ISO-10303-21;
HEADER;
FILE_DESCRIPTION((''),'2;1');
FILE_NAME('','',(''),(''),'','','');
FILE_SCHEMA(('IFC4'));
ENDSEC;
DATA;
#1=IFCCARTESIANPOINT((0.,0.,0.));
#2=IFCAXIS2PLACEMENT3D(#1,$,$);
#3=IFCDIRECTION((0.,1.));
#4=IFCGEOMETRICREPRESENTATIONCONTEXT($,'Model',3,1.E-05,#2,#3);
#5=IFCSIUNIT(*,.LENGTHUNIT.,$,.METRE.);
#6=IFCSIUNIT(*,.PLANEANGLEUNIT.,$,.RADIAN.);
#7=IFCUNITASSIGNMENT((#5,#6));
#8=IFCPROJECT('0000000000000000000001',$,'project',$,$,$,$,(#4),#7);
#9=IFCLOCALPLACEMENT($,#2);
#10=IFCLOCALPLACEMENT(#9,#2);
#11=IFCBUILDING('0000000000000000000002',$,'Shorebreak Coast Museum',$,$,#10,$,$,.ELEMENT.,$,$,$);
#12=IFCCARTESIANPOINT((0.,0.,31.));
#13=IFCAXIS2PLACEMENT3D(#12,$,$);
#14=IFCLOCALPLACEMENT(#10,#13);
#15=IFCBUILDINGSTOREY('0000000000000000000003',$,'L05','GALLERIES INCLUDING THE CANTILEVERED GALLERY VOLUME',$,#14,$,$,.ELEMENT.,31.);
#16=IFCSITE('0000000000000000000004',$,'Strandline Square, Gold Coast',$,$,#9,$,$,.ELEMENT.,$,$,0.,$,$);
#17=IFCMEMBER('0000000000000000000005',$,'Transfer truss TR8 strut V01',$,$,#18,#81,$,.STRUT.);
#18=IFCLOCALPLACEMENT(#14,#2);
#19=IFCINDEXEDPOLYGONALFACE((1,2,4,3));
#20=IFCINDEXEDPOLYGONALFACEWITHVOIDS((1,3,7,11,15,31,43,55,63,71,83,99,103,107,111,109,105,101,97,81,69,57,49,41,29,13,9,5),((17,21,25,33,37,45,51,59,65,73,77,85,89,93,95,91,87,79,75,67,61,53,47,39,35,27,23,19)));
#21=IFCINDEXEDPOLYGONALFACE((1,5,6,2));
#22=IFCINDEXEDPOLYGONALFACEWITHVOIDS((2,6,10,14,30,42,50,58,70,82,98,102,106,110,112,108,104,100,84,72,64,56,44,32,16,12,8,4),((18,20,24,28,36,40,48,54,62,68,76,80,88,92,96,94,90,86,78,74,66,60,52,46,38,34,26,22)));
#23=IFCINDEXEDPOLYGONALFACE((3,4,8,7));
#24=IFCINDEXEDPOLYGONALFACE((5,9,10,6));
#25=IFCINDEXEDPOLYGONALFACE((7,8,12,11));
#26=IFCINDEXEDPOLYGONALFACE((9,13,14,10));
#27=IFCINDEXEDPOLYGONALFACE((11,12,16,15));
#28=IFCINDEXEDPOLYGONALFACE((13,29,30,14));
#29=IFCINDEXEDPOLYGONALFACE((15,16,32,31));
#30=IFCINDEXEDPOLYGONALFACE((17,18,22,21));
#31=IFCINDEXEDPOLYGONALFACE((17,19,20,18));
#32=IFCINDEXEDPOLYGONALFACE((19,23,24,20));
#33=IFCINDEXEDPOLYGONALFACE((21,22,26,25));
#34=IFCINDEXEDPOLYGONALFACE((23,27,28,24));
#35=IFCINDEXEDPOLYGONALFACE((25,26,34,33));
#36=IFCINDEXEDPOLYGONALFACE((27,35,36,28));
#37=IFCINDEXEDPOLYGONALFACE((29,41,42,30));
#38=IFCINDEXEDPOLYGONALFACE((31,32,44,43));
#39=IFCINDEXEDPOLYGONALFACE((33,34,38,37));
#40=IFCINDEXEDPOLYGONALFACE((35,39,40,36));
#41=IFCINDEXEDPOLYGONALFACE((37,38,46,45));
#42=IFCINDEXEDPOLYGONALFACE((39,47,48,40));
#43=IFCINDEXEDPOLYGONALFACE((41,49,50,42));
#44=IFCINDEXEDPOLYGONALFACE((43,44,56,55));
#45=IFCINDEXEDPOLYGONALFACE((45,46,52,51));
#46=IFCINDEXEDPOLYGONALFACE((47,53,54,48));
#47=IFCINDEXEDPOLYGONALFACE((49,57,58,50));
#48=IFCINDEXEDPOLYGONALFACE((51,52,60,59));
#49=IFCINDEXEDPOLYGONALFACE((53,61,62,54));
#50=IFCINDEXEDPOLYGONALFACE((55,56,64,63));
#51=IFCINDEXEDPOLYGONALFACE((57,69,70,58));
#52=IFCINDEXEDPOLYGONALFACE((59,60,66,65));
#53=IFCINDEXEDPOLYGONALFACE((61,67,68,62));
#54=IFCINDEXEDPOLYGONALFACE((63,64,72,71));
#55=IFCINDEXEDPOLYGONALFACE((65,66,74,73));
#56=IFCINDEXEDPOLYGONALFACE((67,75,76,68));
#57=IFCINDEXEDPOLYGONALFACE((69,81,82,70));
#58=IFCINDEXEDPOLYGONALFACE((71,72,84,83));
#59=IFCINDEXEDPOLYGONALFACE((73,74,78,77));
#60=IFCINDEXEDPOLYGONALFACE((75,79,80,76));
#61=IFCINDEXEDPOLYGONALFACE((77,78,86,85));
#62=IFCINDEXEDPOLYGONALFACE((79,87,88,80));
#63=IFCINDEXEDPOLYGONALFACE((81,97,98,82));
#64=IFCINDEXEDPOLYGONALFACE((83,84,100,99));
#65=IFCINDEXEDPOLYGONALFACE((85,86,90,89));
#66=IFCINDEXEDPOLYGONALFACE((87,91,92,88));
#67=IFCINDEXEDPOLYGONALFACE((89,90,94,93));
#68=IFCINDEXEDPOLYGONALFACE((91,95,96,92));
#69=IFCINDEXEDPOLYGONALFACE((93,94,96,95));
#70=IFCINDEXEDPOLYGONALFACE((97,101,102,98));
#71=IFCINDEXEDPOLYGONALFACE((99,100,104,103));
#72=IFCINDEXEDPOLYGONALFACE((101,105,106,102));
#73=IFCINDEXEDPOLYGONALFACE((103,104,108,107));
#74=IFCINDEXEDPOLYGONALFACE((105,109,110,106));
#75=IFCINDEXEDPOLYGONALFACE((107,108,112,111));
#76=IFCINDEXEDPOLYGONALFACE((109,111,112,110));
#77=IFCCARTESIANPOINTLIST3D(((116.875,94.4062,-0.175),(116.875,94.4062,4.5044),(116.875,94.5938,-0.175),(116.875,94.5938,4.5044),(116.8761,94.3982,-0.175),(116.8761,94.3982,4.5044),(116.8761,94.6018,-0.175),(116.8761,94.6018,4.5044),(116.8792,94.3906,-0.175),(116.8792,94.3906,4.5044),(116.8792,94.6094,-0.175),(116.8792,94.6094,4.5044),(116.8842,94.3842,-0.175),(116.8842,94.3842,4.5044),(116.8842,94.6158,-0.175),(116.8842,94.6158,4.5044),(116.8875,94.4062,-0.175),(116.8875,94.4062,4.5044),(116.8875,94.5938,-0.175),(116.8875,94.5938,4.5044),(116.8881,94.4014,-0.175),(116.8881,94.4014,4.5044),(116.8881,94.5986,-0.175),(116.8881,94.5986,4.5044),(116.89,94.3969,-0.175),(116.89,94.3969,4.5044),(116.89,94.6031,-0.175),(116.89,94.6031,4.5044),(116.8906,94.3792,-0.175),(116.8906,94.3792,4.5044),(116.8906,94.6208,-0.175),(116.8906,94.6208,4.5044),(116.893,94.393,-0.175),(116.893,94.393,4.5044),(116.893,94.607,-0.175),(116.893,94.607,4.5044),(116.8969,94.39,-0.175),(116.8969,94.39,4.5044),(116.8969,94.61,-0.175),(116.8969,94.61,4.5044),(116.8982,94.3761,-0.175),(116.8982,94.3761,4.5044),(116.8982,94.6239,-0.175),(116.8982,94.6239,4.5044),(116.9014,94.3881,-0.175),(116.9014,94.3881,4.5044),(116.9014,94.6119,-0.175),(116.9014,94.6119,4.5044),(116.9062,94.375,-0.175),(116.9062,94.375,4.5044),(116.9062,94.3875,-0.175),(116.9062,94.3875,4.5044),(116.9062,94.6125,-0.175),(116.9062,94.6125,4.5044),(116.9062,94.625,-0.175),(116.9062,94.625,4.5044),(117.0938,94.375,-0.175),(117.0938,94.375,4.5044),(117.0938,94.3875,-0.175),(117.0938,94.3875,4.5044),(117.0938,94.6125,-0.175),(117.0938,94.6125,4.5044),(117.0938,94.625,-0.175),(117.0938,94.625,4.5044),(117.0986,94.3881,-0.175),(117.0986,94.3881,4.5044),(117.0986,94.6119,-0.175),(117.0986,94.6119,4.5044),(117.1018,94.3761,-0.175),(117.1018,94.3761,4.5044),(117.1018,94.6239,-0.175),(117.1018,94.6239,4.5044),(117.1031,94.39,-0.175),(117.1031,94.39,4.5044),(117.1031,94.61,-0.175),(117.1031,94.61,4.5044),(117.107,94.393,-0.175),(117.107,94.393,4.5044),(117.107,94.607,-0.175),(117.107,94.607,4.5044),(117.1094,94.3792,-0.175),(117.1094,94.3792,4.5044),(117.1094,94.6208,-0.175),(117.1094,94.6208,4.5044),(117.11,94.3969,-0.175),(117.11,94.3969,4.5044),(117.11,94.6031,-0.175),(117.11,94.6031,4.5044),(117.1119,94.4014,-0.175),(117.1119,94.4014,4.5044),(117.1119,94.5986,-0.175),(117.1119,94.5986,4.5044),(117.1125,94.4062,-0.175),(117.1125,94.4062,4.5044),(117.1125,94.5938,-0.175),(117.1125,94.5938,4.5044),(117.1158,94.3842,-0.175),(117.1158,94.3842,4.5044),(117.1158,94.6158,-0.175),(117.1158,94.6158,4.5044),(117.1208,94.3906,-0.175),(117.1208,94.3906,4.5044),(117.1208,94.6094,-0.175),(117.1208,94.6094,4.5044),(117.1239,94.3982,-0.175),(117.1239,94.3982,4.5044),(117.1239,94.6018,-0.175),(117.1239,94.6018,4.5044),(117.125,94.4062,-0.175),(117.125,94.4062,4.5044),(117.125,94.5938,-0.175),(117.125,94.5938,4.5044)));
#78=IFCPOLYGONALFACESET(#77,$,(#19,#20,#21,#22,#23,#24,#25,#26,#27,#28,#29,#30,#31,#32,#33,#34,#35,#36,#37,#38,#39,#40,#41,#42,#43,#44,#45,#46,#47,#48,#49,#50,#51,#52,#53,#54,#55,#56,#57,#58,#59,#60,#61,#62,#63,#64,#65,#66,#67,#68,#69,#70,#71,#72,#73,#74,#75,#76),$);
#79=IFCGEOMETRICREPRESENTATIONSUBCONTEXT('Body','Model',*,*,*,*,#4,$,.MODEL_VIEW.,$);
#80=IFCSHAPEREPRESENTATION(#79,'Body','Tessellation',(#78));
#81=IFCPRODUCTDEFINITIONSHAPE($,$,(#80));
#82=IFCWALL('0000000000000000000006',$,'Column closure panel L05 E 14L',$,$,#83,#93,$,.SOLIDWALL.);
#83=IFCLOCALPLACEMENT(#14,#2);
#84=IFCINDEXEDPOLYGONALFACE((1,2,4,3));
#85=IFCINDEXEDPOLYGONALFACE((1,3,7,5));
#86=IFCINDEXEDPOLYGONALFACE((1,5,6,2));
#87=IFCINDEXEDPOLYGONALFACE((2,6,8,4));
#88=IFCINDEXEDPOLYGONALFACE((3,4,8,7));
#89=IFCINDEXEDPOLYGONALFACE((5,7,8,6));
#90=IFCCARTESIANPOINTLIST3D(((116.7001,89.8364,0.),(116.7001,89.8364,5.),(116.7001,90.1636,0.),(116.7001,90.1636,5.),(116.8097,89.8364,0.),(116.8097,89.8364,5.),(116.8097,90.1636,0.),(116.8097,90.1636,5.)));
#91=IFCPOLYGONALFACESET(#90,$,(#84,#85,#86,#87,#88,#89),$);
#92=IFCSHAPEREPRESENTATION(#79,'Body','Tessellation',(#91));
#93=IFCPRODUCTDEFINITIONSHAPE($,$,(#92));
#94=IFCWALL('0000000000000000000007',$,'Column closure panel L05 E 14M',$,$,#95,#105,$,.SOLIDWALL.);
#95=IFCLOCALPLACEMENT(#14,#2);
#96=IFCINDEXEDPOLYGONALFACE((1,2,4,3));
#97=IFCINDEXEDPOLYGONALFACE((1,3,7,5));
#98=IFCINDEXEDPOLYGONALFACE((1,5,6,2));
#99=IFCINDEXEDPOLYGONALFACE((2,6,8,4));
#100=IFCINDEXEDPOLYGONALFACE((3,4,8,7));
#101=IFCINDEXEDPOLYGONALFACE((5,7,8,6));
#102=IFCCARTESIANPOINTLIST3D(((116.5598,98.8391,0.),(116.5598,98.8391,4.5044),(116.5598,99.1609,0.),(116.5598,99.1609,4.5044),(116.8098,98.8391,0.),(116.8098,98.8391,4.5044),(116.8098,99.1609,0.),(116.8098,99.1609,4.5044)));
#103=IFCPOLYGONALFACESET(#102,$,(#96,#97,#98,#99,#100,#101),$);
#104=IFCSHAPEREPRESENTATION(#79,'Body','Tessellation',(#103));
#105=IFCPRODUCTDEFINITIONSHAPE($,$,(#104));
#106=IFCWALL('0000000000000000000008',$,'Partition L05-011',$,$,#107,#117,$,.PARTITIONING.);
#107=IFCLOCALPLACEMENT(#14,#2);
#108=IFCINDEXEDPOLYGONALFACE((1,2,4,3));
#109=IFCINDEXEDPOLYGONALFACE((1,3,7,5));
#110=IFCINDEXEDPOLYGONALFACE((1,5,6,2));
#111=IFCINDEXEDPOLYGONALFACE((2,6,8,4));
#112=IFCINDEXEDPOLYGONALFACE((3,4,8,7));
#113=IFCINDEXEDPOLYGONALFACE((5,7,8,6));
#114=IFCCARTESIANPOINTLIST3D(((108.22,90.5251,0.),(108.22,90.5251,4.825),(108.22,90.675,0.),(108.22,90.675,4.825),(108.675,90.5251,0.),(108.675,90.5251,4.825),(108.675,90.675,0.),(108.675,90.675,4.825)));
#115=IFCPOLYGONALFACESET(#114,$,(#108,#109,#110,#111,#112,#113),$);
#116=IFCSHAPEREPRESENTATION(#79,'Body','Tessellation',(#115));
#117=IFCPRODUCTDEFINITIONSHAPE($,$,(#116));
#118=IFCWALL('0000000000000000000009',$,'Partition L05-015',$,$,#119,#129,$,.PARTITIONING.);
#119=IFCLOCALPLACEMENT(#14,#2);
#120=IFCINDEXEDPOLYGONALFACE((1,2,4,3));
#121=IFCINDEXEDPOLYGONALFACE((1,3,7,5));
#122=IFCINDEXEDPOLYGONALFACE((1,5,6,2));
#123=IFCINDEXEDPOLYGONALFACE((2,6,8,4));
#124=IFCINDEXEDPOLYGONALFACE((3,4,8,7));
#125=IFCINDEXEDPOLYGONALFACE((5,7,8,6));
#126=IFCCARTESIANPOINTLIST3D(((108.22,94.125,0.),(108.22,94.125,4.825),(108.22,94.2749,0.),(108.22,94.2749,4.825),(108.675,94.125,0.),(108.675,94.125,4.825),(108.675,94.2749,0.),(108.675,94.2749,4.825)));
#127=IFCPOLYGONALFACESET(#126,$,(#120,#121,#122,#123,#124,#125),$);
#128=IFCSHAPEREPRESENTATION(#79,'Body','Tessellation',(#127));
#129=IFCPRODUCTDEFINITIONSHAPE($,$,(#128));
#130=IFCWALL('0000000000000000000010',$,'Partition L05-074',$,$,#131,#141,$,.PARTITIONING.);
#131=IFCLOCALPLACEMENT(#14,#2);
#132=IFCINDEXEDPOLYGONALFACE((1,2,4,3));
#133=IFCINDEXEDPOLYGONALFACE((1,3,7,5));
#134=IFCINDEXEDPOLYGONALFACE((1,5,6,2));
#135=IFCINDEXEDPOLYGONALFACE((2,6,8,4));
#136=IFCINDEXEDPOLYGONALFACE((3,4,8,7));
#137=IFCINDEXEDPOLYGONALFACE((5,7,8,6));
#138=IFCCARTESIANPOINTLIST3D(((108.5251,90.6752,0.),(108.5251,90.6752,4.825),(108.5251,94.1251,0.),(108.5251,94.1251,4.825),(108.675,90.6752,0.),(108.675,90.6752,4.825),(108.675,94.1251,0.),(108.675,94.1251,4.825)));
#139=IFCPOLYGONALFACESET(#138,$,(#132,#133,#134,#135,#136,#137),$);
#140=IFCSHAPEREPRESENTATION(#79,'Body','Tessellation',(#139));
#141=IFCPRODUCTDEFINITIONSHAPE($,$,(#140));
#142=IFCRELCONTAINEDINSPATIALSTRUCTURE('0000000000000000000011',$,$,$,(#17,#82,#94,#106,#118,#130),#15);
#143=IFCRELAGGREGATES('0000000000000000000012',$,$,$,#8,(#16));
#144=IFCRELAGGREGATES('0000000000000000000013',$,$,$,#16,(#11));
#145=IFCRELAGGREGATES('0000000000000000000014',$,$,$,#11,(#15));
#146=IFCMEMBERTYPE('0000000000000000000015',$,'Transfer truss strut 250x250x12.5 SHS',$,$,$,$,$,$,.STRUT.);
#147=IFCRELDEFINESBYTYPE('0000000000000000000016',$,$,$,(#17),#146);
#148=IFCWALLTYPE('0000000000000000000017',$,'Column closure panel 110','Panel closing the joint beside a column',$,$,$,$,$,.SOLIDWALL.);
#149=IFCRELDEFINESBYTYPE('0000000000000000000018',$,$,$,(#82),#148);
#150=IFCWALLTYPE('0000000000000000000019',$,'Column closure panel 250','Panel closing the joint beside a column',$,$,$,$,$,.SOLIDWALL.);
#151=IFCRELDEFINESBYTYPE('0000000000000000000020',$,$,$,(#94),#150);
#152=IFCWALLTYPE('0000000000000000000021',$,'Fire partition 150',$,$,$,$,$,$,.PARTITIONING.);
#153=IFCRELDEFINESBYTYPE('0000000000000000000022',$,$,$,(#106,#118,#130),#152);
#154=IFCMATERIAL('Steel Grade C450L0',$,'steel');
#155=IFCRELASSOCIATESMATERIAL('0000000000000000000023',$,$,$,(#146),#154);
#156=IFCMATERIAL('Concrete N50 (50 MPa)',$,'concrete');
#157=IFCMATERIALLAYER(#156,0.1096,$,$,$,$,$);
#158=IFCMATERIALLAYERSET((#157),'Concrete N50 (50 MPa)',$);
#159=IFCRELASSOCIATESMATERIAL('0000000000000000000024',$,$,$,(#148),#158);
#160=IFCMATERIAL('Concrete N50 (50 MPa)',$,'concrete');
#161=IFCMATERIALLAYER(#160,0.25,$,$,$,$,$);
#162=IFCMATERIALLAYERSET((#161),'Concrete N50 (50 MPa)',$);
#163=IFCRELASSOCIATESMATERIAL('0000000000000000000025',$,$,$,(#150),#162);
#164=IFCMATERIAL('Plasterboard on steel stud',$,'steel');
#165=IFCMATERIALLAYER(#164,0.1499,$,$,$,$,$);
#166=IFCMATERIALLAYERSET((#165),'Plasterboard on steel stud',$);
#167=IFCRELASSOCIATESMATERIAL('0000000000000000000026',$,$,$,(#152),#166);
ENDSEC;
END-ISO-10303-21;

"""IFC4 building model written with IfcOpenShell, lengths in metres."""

from ifc_helpers import new_model, si_unit, direction, frame, frame_2d, origin, origin_2d, place, context, subcontext, project, spatial, rectangle, hollow_rectangle, extrude, material, layer, layer_set, material_profile, profile_set, type_object, element, save


model = new_model("IFC4")

# Units and contexts
model_context = context("Model", 3, precision=1e-05, world=origin(), true_north=direction((0.0, 1.0)))
body_context = subcontext(model_context, "Body", "Model", "MODEL_VIEW")
ifc_project = project(units=[si_unit("LENGTHUNIT", "METRE"), si_unit("PLANEANGLEUNIT", "RADIAN")], contexts=[model_context])

# Site, building, storey
site_placement = place(None, origin())
site = spatial("IfcSite", under=ifc_project, at=site_placement, Name="Strandline Square, Gold Coast", CompositionType="ELEMENT", RefElevation=0.0)
building_placement = place(site_placement, origin())
building = spatial("IfcBuilding", under=site, at=building_placement, Name="Shorebreak Coast Museum", CompositionType="ELEMENT")
storey_placement = place(building_placement, frame((0.0, 0.0, 31.0)))
storey = spatial("IfcBuildingStorey", under=building, at=storey_placement, Name="L05", Description="GALLERIES INCLUDING THE CANTILEVERED GALLERY VOLUME", CompositionType="ELEMENT", Elevation=31.0)

# Member
ifc_material_1 = material(Name="Steel Grade C450L0", Category="steel")
ifc_material_profile_1 = material_profile(ifc_material_1, hollow_rectangle(XDim=0.25, YDim=0.25, WallThickness=0.0125, InnerFilletRadius=0.0188, OuterFilletRadius=0.0312, at=origin_2d()), Name="250x250x12.5 SHS")
ifc_profile_set_1 = profile_set([ifc_material_profile_1], Name="Steel Grade C450L0")
member_type_1 = type_object("IfcMemberType", Name="Transfer truss strut 250x250x12.5 SHS", PredefinedType="STRUT", material=ifc_profile_set_1)
for number, where, z_axis, x_axis, name in (
    (1, (117.0, 94.5, -0.175), (0.0, 0.0, 1.0), (1.0, 0.0, 0.0), "Transfer truss TR8 strut V01"),
):
    element("IfcMember", number, at=place(storey_placement, frame(where, z_axis=z_axis, x_axis=x_axis)), inside=storey, type_object=member_type_1, Name=name, PredefinedType="STRUT", context=body_context, shape_type="SweptSolid", body=[
        extrude(hollow_rectangle(XDim=0.25, YDim=0.25, WallThickness=0.0125, InnerFilletRadius=0.0188, OuterFilletRadius=0.0312, at=origin_2d()), origin(), (0.0, 0.0, 1.0), 4.6794),
    ])

# Walls
ifc_material_2 = material(Name="Concrete N50 (50 MPa)", Category="concrete")
ifc_layer_1 = layer(ifc_material_2, 0.1096)
ifc_layer_set_1 = layer_set([ifc_layer_1], Name="Concrete N50 (50 MPa)")
wall_type_1 = type_object("IfcWallType", Name="Column closure panel 110", Description="Panel closing the joint beside a column", PredefinedType="SOLIDWALL", material=ifc_layer_set_1)
wall_1_placement = place(storey_placement, frame((116.7549, 89.8364, 0.0), z_axis=(0.0, 0.0, 1.0), x_axis=(0.0, 1.0, 0.0)))
element("IfcWall", 2, at=wall_1_placement, inside=storey, type_object=wall_type_1, Name="Column closure panel L05 E 14L", PredefinedType="SOLIDWALL", context=body_context, shape_type="SweptSolid", body=[
    extrude(rectangle(XDim=0.3271, YDim=0.1096, at=frame_2d((0.1636, 0.0))), origin(), (0.0, 0.0, 1.0), 5.0),
])
ifc_material_3 = material(Name="Concrete N50 (50 MPa)", Category="concrete")
ifc_layer_2 = layer(ifc_material_3, 0.25)
ifc_layer_set_2 = layer_set([ifc_layer_2], Name="Concrete N50 (50 MPa)")
wall_type_2 = type_object("IfcWallType", Name="Column closure panel 250", Description="Panel closing the joint beside a column", PredefinedType="SOLIDWALL", material=ifc_layer_set_2)
wall_2_placement = place(storey_placement, frame((116.6848, 98.8391, 0.0), z_axis=(0.0, 0.0, 1.0), x_axis=(0.0, 1.0, 0.0)))
element("IfcWall", 3, at=wall_2_placement, inside=storey, type_object=wall_type_2, Name="Column closure panel L05 E 14M", PredefinedType="SOLIDWALL", context=body_context, shape_type="SweptSolid", body=[
    extrude(rectangle(XDim=0.3218, YDim=0.25, at=frame_2d((0.1609, 0.0))), origin(), (0.0, 0.0, 1.0), 4.5044),
])
ifc_material_4 = material(Name="Plasterboard on steel stud", Category="steel")
ifc_layer_3 = layer(ifc_material_4, 0.1499)
ifc_layer_set_3 = layer_set([ifc_layer_3], Name="Plasterboard on steel stud")
wall_type_3 = type_object("IfcWallType", Name="Fire partition 150", PredefinedType="PARTITIONING", material=ifc_layer_set_3)
for number, where, z_axis, x_axis, name in (
    (4, (108.22, 90.6001, 0.0), (0.0, 0.0, 1.0), (1.0, 0.0, 0.0), "Partition L05-011"),
    (5, (108.22, 94.2, 0.0), (0.0, 0.0, 1.0), (1.0, 0.0, 0.0), "Partition L05-015"),
):
    element("IfcWall", number, at=place(storey_placement, frame(where, z_axis=z_axis, x_axis=x_axis)), inside=storey, type_object=wall_type_3, Name=name, PredefinedType="PARTITIONING", context=body_context, shape_type="SweptSolid", body=[
        extrude(rectangle(XDim=0.4551, YDim=0.1499, at=frame_2d((0.2275, 0.0))), origin(), (0.0, 0.0, 1.0), 4.825),
    ])
wall_3_placement = place(storey_placement, frame((108.6001, 90.675, 0.0), z_axis=(0.0, 0.0, 1.0), x_axis=(0.0, 1.0, 0.0)))
element("IfcWall", 6, at=wall_3_placement, inside=storey, type_object=wall_type_3, Name="Partition L05-074", PredefinedType="PARTITIONING", context=body_context, shape_type="SweptSolid", body=[
    extrude(rectangle(XDim=3.45, YDim=0.1499, at=frame_2d((1.7251, 0.0))), origin(), (0.0, 0.0, 1.0), 4.825),
])

save(model, "model.ifc")
